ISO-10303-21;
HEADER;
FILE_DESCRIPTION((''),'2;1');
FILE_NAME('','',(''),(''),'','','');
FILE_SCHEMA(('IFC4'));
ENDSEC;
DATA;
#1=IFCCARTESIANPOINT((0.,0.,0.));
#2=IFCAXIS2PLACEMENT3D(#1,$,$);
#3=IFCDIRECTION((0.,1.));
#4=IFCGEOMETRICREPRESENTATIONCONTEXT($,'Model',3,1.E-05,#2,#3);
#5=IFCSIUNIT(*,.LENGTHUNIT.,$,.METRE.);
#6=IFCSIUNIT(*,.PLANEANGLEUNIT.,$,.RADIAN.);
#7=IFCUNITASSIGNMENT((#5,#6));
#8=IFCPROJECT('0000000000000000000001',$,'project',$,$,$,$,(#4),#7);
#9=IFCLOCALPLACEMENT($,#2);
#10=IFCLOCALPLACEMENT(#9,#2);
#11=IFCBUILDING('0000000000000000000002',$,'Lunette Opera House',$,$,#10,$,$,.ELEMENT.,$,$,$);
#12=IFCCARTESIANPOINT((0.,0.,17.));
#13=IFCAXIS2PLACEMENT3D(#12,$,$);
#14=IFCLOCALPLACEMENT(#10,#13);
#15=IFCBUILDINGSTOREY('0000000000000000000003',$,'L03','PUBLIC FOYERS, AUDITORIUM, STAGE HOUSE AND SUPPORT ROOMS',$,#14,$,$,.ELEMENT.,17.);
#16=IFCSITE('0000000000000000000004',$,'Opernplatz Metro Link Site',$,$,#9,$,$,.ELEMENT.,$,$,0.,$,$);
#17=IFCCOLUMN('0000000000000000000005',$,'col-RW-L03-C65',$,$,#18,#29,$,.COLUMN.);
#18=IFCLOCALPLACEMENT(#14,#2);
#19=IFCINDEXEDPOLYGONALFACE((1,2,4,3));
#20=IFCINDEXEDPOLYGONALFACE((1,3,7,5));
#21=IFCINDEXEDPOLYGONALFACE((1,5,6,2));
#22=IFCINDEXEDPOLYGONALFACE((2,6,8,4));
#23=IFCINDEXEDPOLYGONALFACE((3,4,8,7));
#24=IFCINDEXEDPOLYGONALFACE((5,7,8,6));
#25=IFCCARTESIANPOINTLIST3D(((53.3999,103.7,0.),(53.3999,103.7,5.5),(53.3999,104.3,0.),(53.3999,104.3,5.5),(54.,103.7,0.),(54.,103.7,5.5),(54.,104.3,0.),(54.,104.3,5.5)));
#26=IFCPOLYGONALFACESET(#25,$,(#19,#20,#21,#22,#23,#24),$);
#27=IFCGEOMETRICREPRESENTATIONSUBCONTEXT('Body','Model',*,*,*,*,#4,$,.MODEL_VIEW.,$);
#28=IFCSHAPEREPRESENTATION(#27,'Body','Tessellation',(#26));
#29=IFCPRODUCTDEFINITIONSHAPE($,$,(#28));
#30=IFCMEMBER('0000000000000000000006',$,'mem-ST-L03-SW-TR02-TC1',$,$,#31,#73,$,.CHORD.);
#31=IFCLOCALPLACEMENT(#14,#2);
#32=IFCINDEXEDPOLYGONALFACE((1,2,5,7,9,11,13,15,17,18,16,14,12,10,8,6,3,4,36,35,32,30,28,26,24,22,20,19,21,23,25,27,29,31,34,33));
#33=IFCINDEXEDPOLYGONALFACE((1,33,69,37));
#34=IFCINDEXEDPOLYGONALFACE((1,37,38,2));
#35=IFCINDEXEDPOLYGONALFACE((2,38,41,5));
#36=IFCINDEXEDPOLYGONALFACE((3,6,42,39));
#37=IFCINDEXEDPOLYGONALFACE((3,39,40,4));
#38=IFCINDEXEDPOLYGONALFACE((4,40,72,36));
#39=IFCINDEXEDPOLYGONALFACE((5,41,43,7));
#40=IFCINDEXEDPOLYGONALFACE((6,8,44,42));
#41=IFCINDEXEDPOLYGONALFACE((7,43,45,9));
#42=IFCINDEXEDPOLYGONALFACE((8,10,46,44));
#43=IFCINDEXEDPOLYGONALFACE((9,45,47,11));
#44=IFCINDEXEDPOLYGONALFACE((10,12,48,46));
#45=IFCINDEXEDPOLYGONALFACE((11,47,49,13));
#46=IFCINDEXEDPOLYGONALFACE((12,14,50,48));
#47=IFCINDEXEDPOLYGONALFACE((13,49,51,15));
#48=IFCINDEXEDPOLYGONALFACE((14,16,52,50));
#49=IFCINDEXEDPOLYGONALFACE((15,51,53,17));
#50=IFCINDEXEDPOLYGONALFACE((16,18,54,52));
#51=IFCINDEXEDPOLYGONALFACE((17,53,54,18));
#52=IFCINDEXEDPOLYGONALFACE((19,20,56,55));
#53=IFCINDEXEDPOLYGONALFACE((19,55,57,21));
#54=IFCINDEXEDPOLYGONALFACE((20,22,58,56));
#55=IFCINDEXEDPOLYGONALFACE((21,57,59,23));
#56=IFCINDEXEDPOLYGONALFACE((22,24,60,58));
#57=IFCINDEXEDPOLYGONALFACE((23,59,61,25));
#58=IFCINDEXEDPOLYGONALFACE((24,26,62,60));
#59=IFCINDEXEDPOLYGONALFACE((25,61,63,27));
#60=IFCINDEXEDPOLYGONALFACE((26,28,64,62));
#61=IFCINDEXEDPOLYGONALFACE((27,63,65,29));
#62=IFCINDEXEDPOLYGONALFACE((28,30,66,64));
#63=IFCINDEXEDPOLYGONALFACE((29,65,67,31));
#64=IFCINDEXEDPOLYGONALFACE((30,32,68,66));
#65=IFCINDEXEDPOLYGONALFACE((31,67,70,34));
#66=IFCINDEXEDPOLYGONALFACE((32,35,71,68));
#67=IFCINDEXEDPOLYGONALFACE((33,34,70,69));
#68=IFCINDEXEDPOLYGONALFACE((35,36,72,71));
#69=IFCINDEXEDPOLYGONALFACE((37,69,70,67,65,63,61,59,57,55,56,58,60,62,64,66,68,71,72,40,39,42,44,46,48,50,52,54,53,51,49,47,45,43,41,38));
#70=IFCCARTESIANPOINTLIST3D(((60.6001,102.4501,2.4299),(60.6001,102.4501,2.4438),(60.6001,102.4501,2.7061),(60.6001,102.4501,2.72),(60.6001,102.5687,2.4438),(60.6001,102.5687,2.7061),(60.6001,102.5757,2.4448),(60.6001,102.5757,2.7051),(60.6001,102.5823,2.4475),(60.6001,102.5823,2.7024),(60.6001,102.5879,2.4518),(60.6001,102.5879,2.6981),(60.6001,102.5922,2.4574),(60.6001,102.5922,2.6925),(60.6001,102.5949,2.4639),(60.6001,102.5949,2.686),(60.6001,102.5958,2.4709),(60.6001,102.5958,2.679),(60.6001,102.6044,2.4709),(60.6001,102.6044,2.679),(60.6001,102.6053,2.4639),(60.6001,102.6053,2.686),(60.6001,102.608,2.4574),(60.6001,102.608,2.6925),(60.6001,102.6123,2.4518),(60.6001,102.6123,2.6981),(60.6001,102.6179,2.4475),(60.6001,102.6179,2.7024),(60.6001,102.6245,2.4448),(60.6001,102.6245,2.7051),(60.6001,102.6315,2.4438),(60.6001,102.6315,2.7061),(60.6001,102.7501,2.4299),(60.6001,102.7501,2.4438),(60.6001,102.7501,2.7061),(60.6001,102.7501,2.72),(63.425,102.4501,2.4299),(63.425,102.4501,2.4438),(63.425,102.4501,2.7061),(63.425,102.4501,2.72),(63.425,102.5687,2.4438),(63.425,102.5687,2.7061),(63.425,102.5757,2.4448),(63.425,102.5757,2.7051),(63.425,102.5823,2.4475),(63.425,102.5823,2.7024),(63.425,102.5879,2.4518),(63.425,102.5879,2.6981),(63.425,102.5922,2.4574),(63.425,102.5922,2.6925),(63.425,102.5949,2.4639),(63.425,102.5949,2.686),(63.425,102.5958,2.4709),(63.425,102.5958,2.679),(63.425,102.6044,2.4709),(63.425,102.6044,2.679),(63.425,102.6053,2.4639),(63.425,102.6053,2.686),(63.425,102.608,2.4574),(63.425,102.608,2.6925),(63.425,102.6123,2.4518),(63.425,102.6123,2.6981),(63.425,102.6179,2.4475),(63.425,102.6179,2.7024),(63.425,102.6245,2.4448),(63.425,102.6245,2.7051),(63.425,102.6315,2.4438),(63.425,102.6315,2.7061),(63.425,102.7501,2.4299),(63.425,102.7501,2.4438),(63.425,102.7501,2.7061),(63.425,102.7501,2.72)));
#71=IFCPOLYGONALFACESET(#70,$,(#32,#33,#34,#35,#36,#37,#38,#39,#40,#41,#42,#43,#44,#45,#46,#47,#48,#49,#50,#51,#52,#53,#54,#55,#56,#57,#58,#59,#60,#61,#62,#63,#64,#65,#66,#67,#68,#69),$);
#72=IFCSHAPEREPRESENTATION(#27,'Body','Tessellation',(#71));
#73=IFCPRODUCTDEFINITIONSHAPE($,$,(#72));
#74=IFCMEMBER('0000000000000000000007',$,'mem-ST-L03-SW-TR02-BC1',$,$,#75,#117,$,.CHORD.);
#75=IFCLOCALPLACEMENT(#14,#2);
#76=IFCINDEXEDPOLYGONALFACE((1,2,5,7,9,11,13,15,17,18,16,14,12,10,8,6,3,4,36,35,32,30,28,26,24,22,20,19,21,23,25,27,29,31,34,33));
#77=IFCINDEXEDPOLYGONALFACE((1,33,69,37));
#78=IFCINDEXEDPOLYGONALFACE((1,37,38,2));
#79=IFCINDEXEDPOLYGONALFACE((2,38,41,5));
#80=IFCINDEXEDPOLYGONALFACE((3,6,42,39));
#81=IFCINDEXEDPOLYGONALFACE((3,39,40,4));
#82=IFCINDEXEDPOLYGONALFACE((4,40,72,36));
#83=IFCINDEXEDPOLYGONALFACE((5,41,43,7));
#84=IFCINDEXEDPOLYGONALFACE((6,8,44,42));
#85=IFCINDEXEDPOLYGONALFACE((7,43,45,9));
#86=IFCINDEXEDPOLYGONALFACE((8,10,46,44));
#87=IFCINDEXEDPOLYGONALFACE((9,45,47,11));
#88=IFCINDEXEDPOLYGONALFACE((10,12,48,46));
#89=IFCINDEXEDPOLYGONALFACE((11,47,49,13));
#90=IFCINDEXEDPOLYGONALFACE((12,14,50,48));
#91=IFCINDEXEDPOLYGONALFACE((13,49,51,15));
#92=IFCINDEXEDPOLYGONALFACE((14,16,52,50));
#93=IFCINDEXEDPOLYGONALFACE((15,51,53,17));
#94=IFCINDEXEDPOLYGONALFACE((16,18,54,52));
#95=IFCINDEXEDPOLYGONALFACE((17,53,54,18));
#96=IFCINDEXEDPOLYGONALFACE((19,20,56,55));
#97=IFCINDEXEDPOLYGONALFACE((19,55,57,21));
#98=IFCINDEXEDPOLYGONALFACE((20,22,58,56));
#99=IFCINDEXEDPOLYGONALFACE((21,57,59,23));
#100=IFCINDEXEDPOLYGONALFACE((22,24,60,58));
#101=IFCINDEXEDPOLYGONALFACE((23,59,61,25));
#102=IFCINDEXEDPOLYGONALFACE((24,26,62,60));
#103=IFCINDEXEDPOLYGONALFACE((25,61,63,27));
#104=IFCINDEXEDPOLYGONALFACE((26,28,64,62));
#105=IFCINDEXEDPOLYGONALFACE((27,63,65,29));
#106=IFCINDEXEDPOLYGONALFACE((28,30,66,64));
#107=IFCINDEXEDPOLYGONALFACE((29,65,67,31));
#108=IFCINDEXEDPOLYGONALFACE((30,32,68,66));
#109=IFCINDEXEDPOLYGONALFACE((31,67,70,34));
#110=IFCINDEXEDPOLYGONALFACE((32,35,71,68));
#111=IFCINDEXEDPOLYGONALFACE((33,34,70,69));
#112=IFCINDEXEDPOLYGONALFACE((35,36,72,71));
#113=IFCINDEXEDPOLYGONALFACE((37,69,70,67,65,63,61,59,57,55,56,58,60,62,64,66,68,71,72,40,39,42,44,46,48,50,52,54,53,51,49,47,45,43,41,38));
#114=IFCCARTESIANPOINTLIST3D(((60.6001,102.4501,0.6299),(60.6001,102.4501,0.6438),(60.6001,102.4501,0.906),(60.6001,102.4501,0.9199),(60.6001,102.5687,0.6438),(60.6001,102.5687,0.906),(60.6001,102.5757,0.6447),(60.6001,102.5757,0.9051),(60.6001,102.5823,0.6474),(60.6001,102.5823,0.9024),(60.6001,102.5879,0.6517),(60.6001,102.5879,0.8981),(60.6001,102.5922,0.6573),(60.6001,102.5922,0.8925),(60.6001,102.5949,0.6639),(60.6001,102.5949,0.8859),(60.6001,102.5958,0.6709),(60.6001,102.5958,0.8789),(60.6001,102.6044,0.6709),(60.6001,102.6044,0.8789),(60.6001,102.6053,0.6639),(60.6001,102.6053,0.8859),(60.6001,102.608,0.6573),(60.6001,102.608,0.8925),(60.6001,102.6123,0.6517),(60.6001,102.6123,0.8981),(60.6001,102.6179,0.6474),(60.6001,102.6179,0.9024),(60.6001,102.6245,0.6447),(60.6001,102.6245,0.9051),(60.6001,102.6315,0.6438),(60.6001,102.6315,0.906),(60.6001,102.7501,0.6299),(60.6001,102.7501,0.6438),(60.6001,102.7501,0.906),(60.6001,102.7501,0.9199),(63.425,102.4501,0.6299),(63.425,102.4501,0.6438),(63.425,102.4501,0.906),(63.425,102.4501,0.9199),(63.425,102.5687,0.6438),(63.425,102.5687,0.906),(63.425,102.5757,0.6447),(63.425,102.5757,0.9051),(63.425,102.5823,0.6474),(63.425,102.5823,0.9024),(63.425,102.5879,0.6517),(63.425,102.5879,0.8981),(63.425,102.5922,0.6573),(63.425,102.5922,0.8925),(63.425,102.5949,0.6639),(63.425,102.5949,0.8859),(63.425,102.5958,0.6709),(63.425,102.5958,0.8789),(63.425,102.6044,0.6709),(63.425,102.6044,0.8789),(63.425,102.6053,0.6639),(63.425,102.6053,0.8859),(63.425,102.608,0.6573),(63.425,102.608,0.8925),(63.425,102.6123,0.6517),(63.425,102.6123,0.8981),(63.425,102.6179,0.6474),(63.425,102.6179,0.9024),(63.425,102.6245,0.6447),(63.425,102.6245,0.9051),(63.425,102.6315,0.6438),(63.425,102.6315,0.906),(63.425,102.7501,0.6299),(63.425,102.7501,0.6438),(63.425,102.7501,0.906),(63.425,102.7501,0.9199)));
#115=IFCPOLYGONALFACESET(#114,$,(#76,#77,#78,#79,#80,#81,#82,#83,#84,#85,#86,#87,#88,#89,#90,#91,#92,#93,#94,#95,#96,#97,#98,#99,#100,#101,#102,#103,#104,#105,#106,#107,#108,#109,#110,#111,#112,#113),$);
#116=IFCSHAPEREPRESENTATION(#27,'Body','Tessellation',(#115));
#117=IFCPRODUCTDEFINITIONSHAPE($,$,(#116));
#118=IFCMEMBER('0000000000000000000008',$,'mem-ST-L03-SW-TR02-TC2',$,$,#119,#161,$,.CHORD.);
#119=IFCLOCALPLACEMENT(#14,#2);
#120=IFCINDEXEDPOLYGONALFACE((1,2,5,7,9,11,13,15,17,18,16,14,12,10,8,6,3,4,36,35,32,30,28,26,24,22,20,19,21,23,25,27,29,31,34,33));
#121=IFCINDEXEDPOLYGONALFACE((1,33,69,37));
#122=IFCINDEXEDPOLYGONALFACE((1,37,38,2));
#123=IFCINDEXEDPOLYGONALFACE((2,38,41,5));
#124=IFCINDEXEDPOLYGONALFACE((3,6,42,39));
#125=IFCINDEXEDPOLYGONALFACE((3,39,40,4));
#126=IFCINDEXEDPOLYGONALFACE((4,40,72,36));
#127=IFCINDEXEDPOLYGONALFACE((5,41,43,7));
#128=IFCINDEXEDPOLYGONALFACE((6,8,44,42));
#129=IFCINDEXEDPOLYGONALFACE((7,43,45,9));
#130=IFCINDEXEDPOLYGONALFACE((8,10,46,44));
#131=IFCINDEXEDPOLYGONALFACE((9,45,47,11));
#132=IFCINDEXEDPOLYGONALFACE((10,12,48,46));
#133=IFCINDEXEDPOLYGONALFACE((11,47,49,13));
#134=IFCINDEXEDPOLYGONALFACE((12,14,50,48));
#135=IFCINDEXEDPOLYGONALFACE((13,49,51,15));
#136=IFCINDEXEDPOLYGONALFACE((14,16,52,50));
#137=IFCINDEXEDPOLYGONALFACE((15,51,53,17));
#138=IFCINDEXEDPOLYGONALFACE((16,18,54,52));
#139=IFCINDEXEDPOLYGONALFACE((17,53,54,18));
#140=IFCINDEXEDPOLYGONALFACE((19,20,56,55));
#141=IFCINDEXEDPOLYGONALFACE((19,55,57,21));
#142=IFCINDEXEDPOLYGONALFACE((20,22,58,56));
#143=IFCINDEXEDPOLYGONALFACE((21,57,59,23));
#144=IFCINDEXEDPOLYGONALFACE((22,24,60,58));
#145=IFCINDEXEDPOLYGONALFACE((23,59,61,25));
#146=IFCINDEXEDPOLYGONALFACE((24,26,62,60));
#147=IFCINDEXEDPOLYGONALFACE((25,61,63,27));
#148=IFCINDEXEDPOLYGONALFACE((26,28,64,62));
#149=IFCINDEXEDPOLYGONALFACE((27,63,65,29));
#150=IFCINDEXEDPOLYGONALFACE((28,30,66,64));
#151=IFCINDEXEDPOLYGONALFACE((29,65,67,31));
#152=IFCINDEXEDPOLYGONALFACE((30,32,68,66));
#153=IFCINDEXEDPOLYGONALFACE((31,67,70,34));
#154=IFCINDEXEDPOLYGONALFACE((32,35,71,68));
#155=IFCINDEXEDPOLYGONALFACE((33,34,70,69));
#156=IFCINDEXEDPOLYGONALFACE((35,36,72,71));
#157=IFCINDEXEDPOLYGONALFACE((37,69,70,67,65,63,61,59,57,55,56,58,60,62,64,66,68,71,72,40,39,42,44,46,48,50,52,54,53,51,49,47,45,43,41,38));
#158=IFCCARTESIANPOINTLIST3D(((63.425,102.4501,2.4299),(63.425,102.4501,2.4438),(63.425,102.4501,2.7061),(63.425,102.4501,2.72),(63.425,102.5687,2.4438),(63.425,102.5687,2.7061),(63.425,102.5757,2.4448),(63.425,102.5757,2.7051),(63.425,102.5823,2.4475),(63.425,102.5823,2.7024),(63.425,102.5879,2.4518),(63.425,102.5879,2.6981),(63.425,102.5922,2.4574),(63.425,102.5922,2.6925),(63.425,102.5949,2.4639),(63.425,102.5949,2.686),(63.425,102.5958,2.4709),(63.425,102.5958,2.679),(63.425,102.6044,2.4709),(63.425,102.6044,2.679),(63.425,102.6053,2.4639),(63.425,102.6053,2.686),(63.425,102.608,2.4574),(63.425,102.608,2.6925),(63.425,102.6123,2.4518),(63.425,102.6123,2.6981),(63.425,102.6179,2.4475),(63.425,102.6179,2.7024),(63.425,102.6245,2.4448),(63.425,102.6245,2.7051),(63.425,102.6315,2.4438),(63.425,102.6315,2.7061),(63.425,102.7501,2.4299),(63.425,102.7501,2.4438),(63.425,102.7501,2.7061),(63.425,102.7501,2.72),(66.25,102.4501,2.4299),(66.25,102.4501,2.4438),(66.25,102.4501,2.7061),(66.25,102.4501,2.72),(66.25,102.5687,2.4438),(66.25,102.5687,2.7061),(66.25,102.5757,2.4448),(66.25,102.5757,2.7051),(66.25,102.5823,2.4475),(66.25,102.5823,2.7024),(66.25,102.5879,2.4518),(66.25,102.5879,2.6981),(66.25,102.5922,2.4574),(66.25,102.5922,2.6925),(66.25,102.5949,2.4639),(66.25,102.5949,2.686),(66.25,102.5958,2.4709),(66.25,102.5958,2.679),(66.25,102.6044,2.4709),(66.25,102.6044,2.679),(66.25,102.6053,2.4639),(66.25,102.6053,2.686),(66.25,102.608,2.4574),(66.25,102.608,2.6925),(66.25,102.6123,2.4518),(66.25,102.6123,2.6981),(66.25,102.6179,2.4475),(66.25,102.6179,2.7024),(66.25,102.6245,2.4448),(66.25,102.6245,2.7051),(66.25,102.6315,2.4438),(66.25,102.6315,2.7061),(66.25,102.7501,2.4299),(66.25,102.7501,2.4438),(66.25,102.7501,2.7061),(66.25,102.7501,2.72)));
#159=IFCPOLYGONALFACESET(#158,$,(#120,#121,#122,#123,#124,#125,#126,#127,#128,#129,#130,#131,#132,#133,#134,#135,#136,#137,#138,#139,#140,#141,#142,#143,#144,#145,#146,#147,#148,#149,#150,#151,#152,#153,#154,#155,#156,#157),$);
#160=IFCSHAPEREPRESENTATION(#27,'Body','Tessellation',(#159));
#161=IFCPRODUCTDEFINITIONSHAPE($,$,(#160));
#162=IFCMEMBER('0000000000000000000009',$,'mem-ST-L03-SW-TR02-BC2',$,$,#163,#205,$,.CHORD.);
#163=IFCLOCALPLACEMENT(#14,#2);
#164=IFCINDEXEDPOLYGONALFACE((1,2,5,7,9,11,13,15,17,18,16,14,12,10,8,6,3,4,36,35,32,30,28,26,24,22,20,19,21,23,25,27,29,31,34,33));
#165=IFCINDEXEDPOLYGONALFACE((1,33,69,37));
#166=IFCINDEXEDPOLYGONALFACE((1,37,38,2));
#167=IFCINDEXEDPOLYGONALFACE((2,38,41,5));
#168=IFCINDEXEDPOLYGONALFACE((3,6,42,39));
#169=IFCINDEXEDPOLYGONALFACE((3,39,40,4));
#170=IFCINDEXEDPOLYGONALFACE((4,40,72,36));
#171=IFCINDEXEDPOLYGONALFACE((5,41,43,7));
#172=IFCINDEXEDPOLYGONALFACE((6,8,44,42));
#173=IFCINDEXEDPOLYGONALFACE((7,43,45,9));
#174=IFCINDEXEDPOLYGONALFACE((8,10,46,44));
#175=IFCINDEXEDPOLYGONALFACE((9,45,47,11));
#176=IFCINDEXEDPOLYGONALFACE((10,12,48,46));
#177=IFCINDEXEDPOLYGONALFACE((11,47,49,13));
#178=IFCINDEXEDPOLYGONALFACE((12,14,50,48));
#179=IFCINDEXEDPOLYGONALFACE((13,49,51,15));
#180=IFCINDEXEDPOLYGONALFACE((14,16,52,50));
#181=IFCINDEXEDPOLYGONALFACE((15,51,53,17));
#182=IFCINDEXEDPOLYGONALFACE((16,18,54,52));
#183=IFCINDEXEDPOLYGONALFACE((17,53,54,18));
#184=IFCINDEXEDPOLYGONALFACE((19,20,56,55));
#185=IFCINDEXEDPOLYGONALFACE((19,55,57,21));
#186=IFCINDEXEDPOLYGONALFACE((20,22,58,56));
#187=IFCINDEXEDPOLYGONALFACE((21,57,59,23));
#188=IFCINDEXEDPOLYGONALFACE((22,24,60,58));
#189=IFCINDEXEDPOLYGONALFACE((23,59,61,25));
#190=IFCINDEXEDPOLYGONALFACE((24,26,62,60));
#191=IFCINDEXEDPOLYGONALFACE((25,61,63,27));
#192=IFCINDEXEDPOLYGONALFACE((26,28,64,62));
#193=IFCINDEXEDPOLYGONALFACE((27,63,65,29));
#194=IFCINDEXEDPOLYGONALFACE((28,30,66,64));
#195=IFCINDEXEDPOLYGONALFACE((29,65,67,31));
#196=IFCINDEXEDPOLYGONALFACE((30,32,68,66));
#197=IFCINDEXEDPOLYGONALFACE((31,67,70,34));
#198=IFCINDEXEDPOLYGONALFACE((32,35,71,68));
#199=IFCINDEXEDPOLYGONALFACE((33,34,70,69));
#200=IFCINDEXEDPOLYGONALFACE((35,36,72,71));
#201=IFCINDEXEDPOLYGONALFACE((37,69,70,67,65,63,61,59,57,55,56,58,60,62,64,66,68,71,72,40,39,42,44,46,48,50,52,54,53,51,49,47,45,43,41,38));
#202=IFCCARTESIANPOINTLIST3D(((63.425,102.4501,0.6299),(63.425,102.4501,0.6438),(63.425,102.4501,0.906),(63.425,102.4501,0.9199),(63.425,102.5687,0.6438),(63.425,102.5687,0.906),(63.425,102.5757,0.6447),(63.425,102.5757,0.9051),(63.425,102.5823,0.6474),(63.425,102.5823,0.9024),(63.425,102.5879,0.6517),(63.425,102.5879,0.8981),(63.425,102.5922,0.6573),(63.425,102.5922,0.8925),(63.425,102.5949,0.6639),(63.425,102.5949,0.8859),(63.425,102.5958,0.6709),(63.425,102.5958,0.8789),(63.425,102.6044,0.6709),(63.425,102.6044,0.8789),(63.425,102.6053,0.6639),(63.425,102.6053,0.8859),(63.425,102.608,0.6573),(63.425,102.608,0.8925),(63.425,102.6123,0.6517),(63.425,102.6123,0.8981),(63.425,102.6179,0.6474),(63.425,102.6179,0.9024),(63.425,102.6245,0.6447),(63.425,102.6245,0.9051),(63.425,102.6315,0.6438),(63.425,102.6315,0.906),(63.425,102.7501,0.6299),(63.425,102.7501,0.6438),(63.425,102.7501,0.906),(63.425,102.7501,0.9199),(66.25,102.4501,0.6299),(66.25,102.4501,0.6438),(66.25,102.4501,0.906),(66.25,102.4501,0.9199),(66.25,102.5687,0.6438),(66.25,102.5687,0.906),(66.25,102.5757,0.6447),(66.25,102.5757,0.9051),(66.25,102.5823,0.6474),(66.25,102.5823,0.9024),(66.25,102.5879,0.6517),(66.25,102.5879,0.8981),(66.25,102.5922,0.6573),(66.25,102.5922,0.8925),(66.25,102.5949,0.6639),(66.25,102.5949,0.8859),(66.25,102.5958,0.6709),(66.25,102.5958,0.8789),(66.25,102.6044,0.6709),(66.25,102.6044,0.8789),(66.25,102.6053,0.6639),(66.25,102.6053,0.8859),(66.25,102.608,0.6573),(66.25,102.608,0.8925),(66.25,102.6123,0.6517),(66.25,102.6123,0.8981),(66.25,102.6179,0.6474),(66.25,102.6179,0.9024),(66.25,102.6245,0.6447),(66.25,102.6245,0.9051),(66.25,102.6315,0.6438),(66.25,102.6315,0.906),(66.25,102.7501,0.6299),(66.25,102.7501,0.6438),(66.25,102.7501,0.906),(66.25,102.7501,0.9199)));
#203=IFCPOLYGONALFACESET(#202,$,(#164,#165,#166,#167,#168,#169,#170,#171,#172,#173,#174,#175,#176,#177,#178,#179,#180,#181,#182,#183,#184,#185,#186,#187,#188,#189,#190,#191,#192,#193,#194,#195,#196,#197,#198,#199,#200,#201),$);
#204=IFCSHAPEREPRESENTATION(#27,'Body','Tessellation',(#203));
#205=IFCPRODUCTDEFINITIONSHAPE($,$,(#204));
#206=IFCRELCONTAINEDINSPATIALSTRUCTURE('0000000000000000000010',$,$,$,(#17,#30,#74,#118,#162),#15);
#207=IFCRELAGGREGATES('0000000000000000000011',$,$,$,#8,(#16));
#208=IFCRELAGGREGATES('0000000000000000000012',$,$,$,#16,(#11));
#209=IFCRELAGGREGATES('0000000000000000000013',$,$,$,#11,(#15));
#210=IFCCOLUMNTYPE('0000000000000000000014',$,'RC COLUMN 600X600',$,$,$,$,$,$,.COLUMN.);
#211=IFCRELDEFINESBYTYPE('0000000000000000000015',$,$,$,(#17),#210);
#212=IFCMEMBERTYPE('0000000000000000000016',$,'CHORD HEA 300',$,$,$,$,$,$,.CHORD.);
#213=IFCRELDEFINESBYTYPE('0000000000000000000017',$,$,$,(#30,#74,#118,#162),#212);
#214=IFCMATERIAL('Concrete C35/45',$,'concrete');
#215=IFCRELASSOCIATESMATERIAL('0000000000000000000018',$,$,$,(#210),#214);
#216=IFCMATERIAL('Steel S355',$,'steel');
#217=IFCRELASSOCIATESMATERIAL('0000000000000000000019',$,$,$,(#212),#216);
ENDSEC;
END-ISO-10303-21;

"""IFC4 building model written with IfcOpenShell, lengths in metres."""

from ifc_helpers import new_model, si_unit, direction, frame, origin, origin_2d, place, context, subcontext, project, spatial, rectangle, i_section, extrude, material, material_profile, profile_set, type_object, element, save


model = new_model("IFC4")

# Units and contexts
model_context = context("Model", 3, precision=1e-05, world=origin(), true_north=direction((0.0, 1.0)))
body_context = subcontext(model_context, "Body", "Model", "MODEL_VIEW")
ifc_project = project(units=[si_unit("LENGTHUNIT", "METRE"), si_unit("PLANEANGLEUNIT", "RADIAN")], contexts=[model_context])

# Site, building, storey
site_placement = place(None, origin())
site = spatial("IfcSite", under=ifc_project, at=site_placement, Name="Opernplatz Metro Link Site", CompositionType="ELEMENT", RefElevation=0.0)
building_placement = place(site_placement, origin())
building = spatial("IfcBuilding", under=site, at=building_placement, Name="Lunette Opera House", CompositionType="ELEMENT")
storey_placement = place(building_placement, frame((0.0, 0.0, 17.0)))
storey = spatial("IfcBuildingStorey", under=building, at=storey_placement, Name="L03", Description="PUBLIC FOYERS, AUDITORIUM, STAGE HOUSE AND SUPPORT ROOMS", CompositionType="ELEMENT", Elevation=17.0)

# Column
ifc_material_1 = material(Name="Concrete C35/45", Category="concrete")
ifc_material_profile_1 = material_profile(ifc_material_1, rectangle(XDim=0.6001, YDim=0.6001, at=origin_2d()), Name="RC COLUMN 600X600")
ifc_profile_set_1 = profile_set([ifc_material_profile_1], Name="Concrete C35/45")
column_type = type_object("IfcColumnType", Name="RC COLUMN 600X600", PredefinedType="COLUMN", material=ifc_profile_set_1)
column_placement = place(storey_placement, frame((53.7, 104.0, 0.0), z_axis=(0.0, 0.0, 1.0), x_axis=(1.0, 0.0, 0.0)))
element("IfcColumn", 1, at=column_placement, inside=storey, type_object=column_type, Name="col-RW-L03-C65", PredefinedType="COLUMN", context=body_context, shape_type="SweptSolid", body=[
    extrude(rectangle(XDim=0.6001, YDim=0.6001, at=origin_2d()), origin(), (0.0, 0.0, 1.0), 5.5),
])

# Members
ifc_material_2 = material(Name="Steel S355", Category="steel")
ifc_material_profile_2 = material_profile(ifc_material_2, i_section(OverallWidth=0.3, OverallDepth=0.29, WebThickness=0.0085, FlangeThickness=0.0139, FilletRadius=0.0271, at=origin_2d()), Name="HEA 300")
ifc_profile_set_2 = profile_set([ifc_material_profile_2], Name="Steel S355")
member_type_1 = type_object("IfcMemberType", Name="CHORD HEA 300", PredefinedType="CHORD", material=ifc_profile_set_2)
for number, where, z_axis, x_axis, name in (
    (2, (60.6001, 102.6001, 2.575), (1.0, 0.0, 0.0), (0.0, 1.0, 0.0), "mem-ST-L03-SW-TR02-TC1"),
    (3, (60.6001, 102.6001, 0.7749), (1.0, 0.0, 0.0), (0.0, 1.0, 0.0), "mem-ST-L03-SW-TR02-BC1"),
    (4, (63.425, 102.6001, 2.575), (1.0, 0.0, 0.0), (0.0, 1.0, 0.0), "mem-ST-L03-SW-TR02-TC2"),
    (5, (63.425, 102.6001, 0.7749), (1.0, 0.0, 0.0), (0.0, 1.0, 0.0), "mem-ST-L03-SW-TR02-BC2"),
):
    element("IfcMember", number, at=place(storey_placement, frame(where, z_axis=z_axis, x_axis=x_axis)), inside=storey, type_object=member_type_1, Name=name, PredefinedType="CHORD", context=body_context, shape_type="SweptSolid", body=[
        extrude(i_section(OverallWidth=0.3, OverallDepth=0.29, WebThickness=0.0085, FlangeThickness=0.0139, FilletRadius=0.0271, at=origin_2d()), origin(), (0.0, 0.0, 1.0), 2.825),
    ])

save(model, "model.ifc")
